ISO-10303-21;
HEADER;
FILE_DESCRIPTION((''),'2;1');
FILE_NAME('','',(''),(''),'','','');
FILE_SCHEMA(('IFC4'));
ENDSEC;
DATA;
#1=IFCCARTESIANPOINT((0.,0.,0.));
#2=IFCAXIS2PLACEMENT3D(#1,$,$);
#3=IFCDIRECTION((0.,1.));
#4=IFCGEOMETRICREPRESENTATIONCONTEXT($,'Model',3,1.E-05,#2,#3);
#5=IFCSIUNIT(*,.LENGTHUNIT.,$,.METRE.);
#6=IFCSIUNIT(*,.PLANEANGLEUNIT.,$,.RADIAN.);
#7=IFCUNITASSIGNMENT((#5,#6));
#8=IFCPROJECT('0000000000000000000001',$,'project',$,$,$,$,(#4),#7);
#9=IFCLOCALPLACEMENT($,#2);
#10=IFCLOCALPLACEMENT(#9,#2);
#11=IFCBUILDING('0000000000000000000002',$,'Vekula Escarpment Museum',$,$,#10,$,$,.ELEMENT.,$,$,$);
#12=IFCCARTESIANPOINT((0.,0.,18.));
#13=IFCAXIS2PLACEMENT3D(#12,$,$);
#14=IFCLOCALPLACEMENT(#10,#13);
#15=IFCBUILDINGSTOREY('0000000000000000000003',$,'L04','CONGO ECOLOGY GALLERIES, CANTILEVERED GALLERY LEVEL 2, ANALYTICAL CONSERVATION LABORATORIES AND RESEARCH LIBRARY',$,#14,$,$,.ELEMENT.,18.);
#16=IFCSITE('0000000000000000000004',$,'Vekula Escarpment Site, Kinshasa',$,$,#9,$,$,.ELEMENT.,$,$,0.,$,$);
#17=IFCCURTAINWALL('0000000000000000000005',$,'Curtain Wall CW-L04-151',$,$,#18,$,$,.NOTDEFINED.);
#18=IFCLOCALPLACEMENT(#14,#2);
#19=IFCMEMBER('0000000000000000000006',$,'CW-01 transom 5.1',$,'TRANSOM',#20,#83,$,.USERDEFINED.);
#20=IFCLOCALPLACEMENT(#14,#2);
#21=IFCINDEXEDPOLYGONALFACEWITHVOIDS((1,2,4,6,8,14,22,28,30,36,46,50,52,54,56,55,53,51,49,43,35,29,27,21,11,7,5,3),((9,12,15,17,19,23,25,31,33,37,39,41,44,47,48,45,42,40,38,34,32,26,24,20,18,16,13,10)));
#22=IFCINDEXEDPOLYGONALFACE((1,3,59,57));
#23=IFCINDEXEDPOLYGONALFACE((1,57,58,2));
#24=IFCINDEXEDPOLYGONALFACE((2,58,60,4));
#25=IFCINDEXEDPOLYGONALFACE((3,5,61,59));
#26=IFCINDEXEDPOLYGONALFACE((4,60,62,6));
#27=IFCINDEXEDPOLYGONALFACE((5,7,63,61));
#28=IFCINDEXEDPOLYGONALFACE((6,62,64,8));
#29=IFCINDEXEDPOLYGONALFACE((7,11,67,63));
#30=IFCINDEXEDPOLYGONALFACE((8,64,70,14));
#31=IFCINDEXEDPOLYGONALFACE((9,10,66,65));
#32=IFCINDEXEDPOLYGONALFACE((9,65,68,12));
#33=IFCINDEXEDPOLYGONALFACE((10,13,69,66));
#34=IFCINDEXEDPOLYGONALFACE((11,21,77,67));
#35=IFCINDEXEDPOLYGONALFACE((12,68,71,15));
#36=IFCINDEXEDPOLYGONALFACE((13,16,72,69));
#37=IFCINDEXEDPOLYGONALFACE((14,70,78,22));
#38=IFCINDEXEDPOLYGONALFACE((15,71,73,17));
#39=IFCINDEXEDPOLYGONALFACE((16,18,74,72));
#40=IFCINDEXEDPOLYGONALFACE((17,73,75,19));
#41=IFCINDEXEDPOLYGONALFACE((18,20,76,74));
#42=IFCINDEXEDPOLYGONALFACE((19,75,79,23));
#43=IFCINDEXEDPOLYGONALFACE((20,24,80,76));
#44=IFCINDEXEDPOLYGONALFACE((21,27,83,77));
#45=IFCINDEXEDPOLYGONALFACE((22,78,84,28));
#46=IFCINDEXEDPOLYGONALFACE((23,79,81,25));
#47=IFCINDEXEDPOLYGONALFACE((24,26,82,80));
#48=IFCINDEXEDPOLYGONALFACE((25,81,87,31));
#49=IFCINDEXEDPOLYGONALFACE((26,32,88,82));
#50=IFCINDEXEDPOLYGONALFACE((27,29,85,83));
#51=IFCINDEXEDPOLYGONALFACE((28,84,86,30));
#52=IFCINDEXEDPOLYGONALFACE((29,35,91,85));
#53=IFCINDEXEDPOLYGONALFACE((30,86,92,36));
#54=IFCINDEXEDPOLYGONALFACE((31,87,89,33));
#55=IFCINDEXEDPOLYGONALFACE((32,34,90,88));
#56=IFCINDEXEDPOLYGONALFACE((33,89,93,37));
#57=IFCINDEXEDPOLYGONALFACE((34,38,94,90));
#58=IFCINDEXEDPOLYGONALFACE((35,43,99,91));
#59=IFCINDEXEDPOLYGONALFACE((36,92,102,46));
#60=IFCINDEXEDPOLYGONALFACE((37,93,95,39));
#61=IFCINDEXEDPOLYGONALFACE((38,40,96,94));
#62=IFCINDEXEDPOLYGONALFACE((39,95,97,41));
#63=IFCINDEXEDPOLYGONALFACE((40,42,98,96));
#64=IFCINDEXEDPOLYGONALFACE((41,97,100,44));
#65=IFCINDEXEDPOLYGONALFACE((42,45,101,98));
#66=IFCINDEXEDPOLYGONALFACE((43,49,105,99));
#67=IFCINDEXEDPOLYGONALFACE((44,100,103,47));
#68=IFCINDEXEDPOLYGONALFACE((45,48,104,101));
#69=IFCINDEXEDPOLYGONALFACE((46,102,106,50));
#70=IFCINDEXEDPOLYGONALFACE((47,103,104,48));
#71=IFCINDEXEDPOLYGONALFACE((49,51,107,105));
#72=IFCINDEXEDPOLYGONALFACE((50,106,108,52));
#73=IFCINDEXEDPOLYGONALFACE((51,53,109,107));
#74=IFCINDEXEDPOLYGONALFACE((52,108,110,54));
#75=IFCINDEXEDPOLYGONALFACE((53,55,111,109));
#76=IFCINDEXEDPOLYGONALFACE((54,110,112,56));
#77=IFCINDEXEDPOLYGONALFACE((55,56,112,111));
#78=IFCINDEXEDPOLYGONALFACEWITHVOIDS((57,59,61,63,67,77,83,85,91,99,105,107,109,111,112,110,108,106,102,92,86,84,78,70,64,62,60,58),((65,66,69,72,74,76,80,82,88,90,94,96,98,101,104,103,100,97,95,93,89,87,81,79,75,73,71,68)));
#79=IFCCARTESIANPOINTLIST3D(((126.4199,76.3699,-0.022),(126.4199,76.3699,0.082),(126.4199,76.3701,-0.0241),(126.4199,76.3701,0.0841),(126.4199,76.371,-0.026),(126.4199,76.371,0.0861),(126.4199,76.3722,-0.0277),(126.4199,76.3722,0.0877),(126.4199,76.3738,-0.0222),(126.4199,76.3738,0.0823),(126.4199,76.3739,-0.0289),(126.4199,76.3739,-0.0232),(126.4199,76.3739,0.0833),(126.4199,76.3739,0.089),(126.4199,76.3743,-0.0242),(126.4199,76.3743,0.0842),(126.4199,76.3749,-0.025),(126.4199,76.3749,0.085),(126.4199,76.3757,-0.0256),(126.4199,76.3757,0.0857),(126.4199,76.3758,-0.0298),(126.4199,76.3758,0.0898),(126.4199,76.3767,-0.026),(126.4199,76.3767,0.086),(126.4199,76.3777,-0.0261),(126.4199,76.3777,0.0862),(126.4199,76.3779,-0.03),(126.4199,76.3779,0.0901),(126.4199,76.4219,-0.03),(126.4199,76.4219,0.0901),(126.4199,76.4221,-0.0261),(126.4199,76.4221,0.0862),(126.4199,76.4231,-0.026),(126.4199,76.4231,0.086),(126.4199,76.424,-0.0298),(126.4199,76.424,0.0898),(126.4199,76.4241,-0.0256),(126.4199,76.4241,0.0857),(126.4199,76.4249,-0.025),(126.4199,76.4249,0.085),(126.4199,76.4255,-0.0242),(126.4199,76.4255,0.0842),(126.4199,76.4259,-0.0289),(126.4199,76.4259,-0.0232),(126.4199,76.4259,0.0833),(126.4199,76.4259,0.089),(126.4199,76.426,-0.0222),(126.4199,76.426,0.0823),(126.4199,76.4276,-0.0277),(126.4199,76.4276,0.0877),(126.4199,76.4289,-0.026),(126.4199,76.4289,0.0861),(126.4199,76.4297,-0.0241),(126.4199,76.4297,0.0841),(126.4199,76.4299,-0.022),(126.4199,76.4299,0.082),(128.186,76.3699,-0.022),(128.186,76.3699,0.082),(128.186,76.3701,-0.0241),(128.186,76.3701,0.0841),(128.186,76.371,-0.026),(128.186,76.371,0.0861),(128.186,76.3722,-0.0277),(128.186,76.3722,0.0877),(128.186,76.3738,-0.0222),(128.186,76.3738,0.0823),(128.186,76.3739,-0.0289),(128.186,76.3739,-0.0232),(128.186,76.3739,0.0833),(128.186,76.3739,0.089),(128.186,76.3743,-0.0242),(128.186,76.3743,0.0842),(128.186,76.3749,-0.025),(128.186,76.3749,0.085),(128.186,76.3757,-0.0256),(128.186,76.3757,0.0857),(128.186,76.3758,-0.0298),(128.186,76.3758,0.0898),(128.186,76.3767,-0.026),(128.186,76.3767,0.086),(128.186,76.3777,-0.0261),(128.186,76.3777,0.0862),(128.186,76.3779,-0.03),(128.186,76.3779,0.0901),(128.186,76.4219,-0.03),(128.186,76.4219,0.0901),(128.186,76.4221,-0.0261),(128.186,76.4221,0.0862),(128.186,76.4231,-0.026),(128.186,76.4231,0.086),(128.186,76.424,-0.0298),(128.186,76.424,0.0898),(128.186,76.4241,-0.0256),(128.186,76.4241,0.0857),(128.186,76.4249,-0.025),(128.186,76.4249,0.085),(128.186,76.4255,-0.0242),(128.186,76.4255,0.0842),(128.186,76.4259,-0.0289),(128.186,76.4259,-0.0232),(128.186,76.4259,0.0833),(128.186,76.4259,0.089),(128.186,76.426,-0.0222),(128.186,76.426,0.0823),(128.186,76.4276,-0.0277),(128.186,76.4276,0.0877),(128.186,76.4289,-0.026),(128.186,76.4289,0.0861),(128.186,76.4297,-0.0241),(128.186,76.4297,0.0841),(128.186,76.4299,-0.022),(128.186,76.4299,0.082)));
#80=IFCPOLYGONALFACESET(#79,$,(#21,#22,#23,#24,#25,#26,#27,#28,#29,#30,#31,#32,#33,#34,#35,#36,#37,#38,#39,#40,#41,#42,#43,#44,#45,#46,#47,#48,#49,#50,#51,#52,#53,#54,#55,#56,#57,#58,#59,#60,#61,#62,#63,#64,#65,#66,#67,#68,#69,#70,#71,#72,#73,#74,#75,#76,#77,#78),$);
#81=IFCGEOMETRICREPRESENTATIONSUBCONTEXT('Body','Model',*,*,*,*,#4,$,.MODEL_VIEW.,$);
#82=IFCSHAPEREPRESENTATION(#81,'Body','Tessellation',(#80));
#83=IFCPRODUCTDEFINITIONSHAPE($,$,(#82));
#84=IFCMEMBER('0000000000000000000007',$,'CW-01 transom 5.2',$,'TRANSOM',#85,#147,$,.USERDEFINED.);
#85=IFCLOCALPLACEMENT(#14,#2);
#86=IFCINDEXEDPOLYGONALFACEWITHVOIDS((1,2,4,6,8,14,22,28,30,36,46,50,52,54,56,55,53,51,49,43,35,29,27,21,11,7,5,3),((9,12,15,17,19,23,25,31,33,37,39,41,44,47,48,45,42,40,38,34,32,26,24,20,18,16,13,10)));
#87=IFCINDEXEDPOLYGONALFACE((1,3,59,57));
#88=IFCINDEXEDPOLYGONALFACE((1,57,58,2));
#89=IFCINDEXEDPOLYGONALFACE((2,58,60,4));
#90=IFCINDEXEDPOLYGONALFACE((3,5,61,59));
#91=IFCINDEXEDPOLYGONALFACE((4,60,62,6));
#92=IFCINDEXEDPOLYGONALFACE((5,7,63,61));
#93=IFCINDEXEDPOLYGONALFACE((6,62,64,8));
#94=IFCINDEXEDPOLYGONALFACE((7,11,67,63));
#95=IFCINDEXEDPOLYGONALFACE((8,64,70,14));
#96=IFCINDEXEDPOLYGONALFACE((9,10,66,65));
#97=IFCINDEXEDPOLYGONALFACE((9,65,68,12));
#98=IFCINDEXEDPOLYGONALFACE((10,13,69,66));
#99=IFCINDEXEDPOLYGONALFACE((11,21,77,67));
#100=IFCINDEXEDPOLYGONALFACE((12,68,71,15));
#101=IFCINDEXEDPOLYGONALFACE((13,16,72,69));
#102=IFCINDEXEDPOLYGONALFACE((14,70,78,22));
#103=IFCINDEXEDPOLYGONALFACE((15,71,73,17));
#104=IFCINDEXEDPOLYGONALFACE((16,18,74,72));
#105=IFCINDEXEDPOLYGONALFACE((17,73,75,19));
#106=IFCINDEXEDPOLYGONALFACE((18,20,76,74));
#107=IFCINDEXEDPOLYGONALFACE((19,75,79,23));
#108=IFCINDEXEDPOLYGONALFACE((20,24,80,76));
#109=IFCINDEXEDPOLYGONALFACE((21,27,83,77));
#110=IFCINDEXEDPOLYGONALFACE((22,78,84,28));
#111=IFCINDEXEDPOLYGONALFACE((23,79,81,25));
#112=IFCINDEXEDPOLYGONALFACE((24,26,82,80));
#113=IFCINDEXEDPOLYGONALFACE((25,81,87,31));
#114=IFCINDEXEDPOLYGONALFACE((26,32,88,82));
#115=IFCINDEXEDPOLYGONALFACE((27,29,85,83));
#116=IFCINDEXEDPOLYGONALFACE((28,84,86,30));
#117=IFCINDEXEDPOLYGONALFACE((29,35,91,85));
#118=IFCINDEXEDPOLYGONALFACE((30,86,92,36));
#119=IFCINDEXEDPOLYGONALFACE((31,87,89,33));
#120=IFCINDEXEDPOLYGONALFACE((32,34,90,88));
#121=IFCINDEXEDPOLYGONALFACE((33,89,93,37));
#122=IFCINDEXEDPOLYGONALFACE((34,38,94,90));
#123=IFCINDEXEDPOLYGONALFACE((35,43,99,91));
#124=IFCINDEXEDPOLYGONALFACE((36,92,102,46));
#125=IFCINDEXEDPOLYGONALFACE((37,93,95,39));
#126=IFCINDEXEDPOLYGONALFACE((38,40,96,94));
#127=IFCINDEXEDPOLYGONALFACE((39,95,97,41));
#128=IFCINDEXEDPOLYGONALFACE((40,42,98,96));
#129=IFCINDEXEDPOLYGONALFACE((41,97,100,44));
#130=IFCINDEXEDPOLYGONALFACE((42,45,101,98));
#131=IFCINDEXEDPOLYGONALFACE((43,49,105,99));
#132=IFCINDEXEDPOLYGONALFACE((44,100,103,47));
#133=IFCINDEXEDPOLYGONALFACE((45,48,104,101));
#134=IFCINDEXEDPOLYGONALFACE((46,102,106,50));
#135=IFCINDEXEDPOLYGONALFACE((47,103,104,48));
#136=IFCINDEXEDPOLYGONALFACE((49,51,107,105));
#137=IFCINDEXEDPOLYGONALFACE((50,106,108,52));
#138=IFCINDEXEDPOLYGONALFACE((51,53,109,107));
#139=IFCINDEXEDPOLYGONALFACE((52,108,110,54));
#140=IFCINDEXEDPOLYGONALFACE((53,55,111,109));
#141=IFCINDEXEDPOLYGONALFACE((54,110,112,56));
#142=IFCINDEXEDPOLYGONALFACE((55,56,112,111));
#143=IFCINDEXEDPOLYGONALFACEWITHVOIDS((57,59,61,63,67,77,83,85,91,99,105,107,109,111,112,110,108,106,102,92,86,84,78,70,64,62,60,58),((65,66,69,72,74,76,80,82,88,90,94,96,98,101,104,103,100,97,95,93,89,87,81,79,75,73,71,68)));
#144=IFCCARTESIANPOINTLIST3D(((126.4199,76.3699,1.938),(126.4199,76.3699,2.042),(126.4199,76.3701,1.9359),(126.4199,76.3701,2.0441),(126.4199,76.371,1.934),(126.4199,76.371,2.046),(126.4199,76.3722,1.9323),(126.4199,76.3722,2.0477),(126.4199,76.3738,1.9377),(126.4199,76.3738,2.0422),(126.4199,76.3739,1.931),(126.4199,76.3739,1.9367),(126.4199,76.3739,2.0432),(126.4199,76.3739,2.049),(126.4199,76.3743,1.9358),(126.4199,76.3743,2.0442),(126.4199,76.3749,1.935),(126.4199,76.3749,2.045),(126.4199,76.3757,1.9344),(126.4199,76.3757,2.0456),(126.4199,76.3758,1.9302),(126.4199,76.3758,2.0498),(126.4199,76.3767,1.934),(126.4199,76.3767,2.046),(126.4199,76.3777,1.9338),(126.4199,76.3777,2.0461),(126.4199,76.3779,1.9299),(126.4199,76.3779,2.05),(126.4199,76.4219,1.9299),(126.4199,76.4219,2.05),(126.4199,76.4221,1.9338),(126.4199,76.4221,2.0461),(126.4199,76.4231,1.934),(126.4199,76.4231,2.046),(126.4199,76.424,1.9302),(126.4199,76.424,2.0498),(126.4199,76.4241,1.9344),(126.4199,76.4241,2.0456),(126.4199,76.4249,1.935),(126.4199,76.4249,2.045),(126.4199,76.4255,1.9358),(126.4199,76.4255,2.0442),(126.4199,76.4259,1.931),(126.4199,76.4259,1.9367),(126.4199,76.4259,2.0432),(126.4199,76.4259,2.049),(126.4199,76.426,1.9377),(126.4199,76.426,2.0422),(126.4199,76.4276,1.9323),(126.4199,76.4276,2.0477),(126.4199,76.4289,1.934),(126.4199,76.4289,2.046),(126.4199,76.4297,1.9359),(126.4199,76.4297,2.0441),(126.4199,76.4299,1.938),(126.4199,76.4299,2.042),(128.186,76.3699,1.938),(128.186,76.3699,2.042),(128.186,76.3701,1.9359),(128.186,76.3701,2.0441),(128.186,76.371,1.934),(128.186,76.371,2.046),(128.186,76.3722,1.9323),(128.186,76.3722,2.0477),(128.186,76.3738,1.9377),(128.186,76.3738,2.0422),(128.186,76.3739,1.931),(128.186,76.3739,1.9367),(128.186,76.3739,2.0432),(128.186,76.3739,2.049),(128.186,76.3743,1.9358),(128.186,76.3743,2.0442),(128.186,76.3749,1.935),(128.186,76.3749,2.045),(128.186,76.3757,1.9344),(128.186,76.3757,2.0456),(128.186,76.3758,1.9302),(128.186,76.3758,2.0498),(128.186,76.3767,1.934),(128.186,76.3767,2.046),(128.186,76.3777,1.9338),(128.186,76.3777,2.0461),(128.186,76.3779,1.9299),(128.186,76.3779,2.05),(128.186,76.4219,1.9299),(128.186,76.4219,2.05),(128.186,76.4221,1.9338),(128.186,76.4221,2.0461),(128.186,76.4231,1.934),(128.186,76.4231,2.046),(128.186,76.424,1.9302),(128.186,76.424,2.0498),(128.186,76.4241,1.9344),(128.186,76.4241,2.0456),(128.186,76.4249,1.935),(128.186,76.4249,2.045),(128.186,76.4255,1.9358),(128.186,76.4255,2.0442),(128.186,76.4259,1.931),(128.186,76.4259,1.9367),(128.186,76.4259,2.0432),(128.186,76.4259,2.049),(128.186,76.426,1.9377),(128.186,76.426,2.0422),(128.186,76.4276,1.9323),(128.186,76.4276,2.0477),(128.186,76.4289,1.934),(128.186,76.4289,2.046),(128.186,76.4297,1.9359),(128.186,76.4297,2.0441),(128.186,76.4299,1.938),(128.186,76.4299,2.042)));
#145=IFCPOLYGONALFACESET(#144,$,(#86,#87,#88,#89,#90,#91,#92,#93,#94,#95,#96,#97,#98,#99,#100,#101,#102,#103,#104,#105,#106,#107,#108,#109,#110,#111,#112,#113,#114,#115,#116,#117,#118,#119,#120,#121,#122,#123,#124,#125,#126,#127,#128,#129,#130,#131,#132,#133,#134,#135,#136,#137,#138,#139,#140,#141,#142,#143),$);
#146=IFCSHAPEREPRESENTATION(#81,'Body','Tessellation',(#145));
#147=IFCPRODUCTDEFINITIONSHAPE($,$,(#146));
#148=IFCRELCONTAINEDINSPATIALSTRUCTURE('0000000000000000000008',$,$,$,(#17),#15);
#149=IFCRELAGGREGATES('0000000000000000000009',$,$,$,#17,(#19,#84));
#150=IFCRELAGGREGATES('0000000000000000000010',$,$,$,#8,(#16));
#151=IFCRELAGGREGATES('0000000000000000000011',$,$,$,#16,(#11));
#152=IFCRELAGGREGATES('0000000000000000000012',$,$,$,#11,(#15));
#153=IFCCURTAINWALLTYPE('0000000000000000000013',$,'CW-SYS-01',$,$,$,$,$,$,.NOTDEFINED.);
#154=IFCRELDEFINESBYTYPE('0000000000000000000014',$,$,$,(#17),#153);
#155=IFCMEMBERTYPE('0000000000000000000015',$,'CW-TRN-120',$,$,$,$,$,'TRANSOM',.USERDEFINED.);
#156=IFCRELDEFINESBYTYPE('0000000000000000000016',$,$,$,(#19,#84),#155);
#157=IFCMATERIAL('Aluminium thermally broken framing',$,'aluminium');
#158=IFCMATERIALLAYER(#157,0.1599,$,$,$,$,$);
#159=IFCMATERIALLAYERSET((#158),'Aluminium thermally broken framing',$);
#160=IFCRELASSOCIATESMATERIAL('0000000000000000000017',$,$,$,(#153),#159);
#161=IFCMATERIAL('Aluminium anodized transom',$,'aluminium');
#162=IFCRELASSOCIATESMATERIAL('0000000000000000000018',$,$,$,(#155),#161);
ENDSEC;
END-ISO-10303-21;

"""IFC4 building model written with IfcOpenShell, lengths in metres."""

from ifc_helpers import new_model, si_unit, direction, frame, origin, origin_2d, place, context, subcontext, project, spatial, hollow_rectangle, extrude, material, layer, layer_set, material_profile, profile_set, type_object, element, aggregate, save


model = new_model("IFC4")

# Units and contexts
model_context = context("Model", 3, precision=1e-05, world=origin(), true_north=direction((0.0, 1.0)))
body_context = subcontext(model_context, "Body", "Model", "MODEL_VIEW")
ifc_project = project(units=[si_unit("LENGTHUNIT", "METRE"), si_unit("PLANEANGLEUNIT", "RADIAN")], contexts=[model_context])

# Site, building, storey
site_placement = place(None, origin())
site = spatial("IfcSite", under=ifc_project, at=site_placement, Name="Vekula Escarpment Site, Kinshasa", CompositionType="ELEMENT", RefElevation=0.0)
building_placement = place(site_placement, origin())
building = spatial("IfcBuilding", under=site, at=building_placement, Name="Vekula Escarpment Museum", CompositionType="ELEMENT")
storey_placement = place(building_placement, frame((0.0, 0.0, 18.0)))
storey = spatial("IfcBuildingStorey", under=building, at=storey_placement, Name="L04", Description="CONGO ECOLOGY GALLERIES, CANTILEVERED GALLERY LEVEL 2, ANALYTICAL CONSERVATION LABORATORIES AND RESEARCH LIBRARY", CompositionType="ELEMENT", Elevation=18.0)

# Curtain wall, members
ifc_material_1 = material(Name="Aluminium thermally broken framing", Category="aluminium")
ifc_layer_1 = layer(ifc_material_1, 0.1599)
ifc_layer_set_1 = layer_set([ifc_layer_1], Name="Aluminium thermally broken framing")
curtain_wall_type = type_object("IfcCurtainWallType", Name="CW-SYS-01", PredefinedType="NOTDEFINED", material=ifc_layer_set_1)
curtain_wall_placement = place(storey_placement, origin())
curtain_wall = element("IfcCurtainWall", 1, at=curtain_wall_placement, inside=storey, type_object=curtain_wall_type, Name="Curtain Wall CW-L04-151", PredefinedType="NOTDEFINED")
ifc_material_2 = material(Name="Aluminium anodized transom", Category="aluminium")
ifc_material_profile_1 = material_profile(ifc_material_2, hollow_rectangle(XDim=0.0601, YDim=0.1201, WallThickness=0.0039, InnerFilletRadius=0.0039, OuterFilletRadius=0.0081, at=origin_2d()), Name="ALU 120x60x4")
ifc_profile_set_1 = profile_set([ifc_material_profile_1], Name="Aluminium anodized transom")
member_type_1 = type_object("IfcMemberType", Name="CW-TRN-120", ElementType="TRANSOM", PredefinedType="USERDEFINED", material=ifc_profile_set_1)
member_1_placement = place(storey_placement, frame((128.186, 76.3999, 0.03), z_axis=(-1.0, 0.0, 0.0), x_axis=(0.0, -1.0, 0.0)))
member_1 = element("IfcMember", 2, at=member_1_placement, type_object=member_type_1, Name="CW-01 transom 5.1", ObjectType="TRANSOM", PredefinedType="USERDEFINED", context=body_context, shape_type="SweptSolid", body=[
    extrude(hollow_rectangle(XDim=0.0601, YDim=0.1201, WallThickness=0.0039, InnerFilletRadius=0.0039, OuterFilletRadius=0.0081, at=origin_2d()), origin(), (0.0, 0.0, 1.0), 1.7661),
])
member_2_placement = place(storey_placement, frame((128.186, 76.3999, 1.99), z_axis=(-1.0, 0.0, 0.0), x_axis=(0.0, -1.0, 0.0)))
member_2 = element("IfcMember", 3, at=member_2_placement, type_object=member_type_1, Name="CW-01 transom 5.2", ObjectType="TRANSOM", PredefinedType="USERDEFINED", context=body_context, shape_type="SweptSolid", body=[
    extrude(hollow_rectangle(XDim=0.0601, YDim=0.1201, WallThickness=0.0039, InnerFilletRadius=0.0039, OuterFilletRadius=0.0081, at=origin_2d()), origin(), (0.0, 0.0, 1.0), 1.7661),
])
aggregate(curtain_wall, [member_1, member_2])

save(model, "model.ifc")
